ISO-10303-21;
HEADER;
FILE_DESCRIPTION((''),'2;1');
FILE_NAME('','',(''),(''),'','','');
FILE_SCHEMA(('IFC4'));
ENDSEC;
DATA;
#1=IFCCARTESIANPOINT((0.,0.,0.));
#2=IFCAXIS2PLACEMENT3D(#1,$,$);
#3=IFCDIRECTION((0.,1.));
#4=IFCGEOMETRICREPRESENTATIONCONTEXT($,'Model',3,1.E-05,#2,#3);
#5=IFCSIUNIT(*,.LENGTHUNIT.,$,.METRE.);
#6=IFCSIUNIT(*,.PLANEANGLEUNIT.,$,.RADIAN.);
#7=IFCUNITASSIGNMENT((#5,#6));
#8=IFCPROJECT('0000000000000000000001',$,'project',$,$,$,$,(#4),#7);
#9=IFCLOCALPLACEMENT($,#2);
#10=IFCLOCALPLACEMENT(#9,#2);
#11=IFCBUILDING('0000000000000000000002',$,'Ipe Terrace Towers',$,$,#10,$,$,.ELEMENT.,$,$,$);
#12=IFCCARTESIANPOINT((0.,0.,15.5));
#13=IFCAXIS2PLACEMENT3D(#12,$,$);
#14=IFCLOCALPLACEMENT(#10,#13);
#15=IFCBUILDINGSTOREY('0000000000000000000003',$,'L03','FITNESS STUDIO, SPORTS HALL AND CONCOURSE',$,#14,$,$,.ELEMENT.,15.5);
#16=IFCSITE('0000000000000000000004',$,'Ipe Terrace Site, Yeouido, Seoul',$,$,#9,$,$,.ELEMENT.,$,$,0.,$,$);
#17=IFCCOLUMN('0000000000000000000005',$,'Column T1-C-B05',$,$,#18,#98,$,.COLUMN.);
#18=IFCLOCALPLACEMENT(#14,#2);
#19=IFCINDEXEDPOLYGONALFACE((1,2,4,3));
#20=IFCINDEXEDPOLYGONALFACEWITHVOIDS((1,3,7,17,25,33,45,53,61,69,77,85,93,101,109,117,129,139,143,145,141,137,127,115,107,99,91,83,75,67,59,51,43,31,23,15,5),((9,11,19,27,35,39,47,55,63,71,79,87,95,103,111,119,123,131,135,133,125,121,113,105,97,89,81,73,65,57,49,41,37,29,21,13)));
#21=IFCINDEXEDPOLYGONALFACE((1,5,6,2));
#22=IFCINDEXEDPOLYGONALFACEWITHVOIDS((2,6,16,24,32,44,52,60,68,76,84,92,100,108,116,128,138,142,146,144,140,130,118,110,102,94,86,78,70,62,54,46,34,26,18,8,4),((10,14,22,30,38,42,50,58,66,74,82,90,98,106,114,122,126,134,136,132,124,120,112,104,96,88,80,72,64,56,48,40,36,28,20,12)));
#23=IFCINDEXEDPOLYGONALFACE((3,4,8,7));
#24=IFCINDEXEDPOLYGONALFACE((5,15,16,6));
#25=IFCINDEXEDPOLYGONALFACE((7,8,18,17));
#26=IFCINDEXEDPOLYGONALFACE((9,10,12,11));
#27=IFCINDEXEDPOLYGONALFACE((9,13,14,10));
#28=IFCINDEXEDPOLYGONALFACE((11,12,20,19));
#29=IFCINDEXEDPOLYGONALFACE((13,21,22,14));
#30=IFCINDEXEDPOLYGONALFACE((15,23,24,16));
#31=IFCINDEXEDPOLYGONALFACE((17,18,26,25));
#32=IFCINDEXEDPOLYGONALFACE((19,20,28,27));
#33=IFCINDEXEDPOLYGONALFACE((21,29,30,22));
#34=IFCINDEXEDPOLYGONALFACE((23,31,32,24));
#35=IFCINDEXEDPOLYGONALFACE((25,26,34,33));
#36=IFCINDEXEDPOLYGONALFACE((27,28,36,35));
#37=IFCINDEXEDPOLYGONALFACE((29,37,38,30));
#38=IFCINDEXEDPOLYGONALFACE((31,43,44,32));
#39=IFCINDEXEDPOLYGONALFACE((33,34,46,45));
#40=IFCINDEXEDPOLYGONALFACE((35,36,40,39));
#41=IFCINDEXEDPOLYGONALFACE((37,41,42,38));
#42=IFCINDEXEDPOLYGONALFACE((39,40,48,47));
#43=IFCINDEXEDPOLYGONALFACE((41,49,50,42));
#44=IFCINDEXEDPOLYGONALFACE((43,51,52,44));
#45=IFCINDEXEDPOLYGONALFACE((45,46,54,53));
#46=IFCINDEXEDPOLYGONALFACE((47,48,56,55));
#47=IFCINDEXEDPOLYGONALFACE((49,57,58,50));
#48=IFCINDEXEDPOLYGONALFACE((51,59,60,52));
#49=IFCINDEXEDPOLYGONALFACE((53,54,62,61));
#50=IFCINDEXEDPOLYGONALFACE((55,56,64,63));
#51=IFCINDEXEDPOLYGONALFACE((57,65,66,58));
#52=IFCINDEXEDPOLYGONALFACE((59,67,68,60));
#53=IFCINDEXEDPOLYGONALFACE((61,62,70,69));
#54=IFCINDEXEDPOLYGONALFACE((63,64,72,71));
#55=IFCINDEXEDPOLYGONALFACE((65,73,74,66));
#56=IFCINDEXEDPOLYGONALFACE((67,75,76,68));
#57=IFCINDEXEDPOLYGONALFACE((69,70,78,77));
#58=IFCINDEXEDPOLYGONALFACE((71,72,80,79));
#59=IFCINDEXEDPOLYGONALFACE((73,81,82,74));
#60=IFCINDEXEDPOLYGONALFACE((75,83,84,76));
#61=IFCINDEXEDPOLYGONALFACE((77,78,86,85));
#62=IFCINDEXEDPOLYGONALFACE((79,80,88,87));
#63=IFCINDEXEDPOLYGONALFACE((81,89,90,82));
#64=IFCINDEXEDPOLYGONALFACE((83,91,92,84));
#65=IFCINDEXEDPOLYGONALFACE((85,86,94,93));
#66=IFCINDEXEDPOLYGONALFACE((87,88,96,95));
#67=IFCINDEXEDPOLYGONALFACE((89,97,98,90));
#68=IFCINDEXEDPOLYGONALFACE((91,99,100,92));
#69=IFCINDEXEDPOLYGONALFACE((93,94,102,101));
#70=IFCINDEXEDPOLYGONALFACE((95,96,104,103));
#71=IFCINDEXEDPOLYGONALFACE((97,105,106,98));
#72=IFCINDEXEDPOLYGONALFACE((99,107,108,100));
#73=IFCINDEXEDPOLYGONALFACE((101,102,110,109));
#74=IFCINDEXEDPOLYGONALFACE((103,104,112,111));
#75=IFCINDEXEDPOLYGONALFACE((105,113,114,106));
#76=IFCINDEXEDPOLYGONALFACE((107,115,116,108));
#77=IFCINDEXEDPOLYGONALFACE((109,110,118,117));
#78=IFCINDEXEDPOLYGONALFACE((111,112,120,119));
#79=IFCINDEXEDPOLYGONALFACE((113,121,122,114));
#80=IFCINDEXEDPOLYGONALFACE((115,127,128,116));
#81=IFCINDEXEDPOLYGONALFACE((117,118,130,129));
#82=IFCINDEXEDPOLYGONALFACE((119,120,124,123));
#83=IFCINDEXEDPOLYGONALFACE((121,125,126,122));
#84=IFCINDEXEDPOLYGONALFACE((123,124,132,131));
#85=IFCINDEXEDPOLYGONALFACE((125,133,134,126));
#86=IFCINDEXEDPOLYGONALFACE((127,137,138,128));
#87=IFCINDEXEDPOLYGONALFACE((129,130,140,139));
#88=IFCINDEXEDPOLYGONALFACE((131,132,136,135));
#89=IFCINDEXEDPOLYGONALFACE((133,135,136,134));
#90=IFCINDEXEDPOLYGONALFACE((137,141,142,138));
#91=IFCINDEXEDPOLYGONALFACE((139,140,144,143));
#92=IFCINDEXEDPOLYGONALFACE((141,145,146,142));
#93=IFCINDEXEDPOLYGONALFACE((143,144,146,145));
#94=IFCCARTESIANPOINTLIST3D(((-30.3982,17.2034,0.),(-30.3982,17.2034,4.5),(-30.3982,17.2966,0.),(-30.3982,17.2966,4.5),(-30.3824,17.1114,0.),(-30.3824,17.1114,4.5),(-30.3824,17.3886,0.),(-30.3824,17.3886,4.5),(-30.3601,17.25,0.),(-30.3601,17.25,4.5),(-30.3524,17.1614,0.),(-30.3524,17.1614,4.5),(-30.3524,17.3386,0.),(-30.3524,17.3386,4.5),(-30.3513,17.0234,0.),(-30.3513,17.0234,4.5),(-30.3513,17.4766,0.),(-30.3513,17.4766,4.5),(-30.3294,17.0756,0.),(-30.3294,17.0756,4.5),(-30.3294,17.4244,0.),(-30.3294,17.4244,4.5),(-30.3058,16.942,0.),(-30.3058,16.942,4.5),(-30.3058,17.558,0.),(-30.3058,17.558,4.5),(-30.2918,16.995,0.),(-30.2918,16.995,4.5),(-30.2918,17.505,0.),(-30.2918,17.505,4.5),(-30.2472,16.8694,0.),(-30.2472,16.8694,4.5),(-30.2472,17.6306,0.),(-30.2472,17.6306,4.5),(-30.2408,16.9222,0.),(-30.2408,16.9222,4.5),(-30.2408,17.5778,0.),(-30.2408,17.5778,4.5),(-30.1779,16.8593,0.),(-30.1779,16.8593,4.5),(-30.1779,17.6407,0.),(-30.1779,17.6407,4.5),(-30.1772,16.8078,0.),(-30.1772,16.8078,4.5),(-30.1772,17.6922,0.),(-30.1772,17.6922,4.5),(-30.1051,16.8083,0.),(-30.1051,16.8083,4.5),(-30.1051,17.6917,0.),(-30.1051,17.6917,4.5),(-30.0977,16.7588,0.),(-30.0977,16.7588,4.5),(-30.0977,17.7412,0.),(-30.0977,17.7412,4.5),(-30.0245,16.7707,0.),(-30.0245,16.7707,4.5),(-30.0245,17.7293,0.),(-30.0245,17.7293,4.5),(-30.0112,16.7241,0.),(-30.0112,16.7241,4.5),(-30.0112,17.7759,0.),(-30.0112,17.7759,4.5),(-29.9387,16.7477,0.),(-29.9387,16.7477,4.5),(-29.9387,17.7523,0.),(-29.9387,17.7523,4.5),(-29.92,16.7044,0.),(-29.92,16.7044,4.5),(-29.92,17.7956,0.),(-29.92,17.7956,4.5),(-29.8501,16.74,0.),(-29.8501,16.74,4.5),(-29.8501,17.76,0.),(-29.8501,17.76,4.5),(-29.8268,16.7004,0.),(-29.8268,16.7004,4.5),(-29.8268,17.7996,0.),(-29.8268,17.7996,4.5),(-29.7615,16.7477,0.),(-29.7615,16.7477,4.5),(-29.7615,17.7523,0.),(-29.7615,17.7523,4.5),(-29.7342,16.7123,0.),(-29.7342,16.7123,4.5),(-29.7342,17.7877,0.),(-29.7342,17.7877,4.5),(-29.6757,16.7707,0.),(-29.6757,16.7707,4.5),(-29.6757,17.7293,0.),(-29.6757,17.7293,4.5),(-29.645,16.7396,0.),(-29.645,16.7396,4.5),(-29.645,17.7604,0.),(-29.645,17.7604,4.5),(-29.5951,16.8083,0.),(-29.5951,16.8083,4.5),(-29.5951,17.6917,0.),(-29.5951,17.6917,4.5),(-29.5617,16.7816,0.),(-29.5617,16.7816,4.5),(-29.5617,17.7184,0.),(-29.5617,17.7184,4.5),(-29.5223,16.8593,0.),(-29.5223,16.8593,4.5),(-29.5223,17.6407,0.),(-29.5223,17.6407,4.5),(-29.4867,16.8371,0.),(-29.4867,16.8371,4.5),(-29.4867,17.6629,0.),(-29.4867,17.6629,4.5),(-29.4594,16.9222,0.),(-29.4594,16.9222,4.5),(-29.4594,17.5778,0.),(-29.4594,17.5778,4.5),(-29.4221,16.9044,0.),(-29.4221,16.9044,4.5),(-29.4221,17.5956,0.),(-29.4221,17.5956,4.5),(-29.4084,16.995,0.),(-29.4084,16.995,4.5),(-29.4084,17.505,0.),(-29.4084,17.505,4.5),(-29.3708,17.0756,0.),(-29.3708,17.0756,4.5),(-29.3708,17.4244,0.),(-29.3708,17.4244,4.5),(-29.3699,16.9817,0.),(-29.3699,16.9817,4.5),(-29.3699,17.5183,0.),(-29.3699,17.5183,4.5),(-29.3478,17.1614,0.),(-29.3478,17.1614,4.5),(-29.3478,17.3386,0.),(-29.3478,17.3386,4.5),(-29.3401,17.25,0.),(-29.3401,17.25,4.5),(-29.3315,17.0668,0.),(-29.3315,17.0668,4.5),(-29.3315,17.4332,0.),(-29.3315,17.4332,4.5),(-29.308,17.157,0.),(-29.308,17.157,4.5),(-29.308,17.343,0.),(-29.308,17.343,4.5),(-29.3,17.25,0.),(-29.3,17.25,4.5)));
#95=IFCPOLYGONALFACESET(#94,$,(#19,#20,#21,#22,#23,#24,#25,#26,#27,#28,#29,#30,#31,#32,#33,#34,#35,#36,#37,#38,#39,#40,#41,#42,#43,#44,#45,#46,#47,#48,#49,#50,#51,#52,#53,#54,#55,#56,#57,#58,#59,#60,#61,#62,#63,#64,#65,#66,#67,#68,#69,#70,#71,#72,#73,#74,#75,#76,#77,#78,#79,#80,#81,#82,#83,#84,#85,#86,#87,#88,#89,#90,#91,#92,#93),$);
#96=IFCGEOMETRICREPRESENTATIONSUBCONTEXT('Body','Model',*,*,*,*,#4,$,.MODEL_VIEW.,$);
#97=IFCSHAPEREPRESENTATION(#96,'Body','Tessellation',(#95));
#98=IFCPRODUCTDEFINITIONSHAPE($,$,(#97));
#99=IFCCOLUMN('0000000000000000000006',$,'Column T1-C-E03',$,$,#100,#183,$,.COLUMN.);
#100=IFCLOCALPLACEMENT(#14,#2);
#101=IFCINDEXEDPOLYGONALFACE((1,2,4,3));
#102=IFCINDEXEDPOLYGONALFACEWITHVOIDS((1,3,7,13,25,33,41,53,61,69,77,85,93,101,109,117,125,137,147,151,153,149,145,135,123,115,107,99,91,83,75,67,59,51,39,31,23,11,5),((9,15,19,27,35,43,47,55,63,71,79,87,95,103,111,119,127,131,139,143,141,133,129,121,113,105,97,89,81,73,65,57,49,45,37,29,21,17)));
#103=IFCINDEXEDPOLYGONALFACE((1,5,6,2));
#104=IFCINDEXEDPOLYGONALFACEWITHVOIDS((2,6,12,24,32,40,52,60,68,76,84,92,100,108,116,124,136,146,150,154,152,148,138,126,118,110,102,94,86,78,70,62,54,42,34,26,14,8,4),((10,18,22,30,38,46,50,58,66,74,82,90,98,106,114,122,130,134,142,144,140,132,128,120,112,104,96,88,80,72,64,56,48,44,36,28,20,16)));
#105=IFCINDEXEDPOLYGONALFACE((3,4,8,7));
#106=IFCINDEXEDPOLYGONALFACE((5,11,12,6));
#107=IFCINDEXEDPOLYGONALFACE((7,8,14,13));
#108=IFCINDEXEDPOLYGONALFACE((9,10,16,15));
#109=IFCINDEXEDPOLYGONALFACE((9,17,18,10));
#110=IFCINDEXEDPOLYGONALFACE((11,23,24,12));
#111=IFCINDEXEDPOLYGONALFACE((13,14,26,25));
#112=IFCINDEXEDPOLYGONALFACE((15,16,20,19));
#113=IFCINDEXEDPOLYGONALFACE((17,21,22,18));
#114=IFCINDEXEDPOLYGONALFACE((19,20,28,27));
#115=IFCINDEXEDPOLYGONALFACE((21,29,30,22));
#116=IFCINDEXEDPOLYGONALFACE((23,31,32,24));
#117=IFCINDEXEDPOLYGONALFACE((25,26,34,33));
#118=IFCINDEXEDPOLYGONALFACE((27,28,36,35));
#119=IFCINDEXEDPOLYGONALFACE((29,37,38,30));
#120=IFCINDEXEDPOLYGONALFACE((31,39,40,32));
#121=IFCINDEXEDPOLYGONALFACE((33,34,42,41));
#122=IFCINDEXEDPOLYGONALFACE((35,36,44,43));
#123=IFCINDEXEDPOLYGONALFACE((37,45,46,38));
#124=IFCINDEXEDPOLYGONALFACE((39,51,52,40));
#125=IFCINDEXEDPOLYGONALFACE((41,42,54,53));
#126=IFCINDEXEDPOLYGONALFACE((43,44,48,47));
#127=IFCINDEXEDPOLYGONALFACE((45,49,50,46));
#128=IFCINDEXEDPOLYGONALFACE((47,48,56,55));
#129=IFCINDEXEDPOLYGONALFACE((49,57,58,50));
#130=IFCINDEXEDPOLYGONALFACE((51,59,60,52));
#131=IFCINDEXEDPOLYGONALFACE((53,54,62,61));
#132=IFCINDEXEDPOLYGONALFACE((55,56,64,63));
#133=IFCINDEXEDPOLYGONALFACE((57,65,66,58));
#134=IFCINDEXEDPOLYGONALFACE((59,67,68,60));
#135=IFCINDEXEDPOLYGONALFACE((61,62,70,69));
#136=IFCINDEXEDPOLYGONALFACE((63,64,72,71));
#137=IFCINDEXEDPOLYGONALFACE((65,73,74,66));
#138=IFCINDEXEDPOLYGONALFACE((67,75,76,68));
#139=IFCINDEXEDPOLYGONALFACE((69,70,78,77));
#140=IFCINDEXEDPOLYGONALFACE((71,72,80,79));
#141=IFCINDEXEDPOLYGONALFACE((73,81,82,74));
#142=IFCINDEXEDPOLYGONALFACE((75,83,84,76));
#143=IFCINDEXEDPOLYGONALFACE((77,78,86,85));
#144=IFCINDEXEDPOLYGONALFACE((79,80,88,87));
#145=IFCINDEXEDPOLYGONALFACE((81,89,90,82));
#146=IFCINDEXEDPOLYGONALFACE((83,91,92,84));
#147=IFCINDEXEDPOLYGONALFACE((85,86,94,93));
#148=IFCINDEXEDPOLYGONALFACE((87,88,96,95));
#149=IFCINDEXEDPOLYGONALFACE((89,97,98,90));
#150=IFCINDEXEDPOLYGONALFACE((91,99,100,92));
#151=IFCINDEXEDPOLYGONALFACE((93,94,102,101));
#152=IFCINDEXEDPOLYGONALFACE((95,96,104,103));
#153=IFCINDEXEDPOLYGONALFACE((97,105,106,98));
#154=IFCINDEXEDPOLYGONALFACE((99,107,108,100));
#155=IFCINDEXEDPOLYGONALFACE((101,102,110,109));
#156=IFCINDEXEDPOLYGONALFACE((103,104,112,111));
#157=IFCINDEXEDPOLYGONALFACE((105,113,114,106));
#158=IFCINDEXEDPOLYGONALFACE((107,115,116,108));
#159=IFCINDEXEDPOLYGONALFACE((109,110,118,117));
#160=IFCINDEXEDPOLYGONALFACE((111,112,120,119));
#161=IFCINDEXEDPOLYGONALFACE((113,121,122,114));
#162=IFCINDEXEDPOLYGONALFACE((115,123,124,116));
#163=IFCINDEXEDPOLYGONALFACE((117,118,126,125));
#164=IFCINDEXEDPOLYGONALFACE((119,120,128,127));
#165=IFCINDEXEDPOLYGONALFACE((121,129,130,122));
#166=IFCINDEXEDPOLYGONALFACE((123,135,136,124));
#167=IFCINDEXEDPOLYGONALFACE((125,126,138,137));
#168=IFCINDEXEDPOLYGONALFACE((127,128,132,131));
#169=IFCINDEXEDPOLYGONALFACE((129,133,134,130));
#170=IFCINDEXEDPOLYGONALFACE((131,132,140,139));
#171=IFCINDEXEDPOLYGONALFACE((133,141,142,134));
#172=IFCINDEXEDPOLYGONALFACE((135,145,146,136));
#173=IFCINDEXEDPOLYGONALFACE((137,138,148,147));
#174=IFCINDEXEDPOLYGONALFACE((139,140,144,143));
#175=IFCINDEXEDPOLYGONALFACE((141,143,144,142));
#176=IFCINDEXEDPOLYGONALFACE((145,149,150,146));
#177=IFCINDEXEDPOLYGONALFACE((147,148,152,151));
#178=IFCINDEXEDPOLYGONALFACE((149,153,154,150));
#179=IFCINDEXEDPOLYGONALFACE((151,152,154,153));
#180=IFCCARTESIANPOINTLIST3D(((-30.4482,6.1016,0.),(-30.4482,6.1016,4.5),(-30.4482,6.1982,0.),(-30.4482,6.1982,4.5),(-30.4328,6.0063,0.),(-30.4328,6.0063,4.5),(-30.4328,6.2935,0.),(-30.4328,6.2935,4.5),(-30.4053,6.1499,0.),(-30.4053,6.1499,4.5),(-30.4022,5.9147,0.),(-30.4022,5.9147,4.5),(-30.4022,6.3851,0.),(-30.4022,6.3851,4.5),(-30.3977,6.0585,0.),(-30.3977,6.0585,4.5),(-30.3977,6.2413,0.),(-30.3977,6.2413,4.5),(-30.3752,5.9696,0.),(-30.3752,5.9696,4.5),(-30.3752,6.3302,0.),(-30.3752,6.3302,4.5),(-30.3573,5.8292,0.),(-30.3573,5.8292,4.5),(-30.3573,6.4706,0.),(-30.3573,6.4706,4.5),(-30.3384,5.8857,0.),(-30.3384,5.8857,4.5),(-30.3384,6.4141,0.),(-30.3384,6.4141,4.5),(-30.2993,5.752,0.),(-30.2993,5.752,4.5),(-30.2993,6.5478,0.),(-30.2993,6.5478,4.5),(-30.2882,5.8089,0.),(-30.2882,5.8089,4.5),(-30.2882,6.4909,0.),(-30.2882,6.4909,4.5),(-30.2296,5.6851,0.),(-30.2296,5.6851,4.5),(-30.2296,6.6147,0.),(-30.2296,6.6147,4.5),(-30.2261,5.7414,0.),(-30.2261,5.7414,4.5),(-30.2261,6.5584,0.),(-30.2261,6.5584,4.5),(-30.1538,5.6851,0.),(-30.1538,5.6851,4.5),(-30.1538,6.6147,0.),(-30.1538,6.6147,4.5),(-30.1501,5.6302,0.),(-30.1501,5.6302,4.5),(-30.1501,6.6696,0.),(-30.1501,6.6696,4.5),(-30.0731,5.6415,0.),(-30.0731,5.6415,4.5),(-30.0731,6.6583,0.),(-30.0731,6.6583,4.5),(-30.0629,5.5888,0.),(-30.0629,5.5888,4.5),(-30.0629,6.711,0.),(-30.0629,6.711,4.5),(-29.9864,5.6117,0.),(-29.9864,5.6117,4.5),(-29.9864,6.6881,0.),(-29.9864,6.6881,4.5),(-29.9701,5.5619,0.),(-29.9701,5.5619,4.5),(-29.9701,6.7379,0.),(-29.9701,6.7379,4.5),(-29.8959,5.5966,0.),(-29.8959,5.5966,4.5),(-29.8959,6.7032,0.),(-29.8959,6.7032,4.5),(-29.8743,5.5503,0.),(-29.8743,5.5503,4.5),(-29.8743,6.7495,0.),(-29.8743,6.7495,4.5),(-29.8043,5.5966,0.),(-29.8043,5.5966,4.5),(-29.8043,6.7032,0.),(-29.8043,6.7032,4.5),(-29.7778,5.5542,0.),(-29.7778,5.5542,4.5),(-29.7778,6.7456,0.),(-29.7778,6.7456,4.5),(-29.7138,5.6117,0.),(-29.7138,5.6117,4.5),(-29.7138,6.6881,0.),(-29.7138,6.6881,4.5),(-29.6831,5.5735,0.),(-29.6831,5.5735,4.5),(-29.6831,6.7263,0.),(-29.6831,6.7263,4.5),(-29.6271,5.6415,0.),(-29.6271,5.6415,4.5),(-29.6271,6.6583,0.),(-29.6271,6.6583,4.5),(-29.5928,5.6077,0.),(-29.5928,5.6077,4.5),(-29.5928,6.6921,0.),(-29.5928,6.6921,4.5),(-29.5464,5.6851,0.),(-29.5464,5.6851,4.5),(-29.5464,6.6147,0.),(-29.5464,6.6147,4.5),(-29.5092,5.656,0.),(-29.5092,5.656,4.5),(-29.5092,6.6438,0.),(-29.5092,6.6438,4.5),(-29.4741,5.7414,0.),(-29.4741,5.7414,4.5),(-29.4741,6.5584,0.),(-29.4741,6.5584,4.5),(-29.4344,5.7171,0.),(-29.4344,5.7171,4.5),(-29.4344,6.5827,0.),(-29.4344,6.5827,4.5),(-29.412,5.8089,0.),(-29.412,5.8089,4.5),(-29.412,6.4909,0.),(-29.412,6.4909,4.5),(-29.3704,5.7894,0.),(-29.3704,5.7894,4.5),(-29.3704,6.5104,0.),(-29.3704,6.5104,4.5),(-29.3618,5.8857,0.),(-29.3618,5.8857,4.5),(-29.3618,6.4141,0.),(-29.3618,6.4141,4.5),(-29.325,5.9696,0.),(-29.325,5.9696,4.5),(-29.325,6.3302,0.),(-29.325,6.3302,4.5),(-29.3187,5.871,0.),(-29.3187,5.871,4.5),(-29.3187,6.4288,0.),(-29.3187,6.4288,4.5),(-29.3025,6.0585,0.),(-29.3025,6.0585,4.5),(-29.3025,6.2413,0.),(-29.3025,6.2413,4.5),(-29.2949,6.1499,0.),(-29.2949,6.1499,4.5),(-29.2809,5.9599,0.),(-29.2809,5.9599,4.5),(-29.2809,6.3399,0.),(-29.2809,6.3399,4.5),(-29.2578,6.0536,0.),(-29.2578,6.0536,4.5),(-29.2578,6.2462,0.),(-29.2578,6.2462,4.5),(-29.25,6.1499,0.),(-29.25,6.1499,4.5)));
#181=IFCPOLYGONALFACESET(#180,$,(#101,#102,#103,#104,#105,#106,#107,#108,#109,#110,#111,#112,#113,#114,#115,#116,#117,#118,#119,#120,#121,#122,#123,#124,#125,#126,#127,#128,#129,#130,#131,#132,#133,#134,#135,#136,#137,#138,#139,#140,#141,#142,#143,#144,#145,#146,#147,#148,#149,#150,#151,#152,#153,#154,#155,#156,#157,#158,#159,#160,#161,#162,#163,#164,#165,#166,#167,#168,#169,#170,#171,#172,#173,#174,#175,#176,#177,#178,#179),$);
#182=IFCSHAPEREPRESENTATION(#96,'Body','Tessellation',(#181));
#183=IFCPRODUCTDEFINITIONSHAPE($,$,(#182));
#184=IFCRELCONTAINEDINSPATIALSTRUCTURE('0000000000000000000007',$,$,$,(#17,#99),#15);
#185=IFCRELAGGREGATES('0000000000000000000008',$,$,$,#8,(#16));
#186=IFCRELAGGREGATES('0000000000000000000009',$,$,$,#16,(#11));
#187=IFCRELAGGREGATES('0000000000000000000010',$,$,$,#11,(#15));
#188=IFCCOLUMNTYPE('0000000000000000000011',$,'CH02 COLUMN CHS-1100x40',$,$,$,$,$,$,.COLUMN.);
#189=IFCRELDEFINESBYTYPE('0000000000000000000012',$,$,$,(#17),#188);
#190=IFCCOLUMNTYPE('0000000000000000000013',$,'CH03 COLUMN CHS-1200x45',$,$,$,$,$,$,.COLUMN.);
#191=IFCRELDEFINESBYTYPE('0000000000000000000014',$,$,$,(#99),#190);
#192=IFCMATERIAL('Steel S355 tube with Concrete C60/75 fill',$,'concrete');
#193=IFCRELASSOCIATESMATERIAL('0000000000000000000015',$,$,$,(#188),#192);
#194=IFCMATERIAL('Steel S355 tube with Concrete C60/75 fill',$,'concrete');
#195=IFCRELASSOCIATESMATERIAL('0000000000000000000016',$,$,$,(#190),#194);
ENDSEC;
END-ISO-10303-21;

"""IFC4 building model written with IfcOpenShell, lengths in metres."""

from ifc_helpers import new_model, si_unit, direction, frame, origin, origin_2d, place, context, subcontext, project, spatial, hollow_circle, extrude, material, material_profile, profile_set, type_object, element, save


model = new_model("IFC4")

# Units and contexts
model_context = context("Model", 3, precision=1e-05, world=origin(), true_north=direction((0.0, 1.0)))
body_context = subcontext(model_context, "Body", "Model", "MODEL_VIEW")
ifc_project = project(units=[si_unit("LENGTHUNIT", "METRE"), si_unit("PLANEANGLEUNIT", "RADIAN")], contexts=[model_context])

# Site, building, storey
site_placement = place(None, origin())
site = spatial("IfcSite", under=ifc_project, at=site_placement, Name="Ipe Terrace Site, Yeouido, Seoul", CompositionType="ELEMENT", RefElevation=0.0)
building_placement = place(site_placement, origin())
building = spatial("IfcBuilding", under=site, at=building_placement, Name="Ipe Terrace Towers", CompositionType="ELEMENT")
storey_placement = place(building_placement, frame((0.0, 0.0, 15.5)))
storey = spatial("IfcBuildingStorey", under=building, at=storey_placement, Name="L03", Description="FITNESS STUDIO, SPORTS HALL AND CONCOURSE", CompositionType="ELEMENT", Elevation=15.5)

# Columns
ifc_material_1 = material(Name="Steel S355 tube with Concrete C60/75 fill", Category="concrete")
ifc_material_profile_1 = material_profile(ifc_material_1, hollow_circle(Radius=0.55, WallThickness=0.04, at=origin_2d()), Name="CHS-1100x40")
ifc_profile_set_1 = profile_set([ifc_material_profile_1], Name="Steel S355 tube with Concrete C60/75 fill")
column_type_1 = type_object("IfcColumnType", Name="CH02 COLUMN CHS-1100x40", PredefinedType="COLUMN", material=ifc_profile_set_1)
for number, where, z_axis, x_axis, name in (
    (1, (-29.8501, 17.25, 0.0), (0.0, 0.0, 1.0), (1.0, 0.0, 0.0), "Column T1-C-B05"),
):
    element("IfcColumn", number, at=place(storey_placement, frame(where, z_axis=z_axis, x_axis=x_axis)), inside=storey, type_object=column_type_1, Name=name, PredefinedType="COLUMN", context=body_context, shape_type="SweptSolid", body=[
        extrude(hollow_circle(Radius=0.55, WallThickness=0.04, at=origin_2d()), origin(), (0.0, 0.0, 1.0), 4.5),
    ])
ifc_material_2 = material(Name="Steel S355 tube with Concrete C60/75 fill", Category="concrete")
ifc_material_profile_2 = material_profile(ifc_material_2, hollow_circle(Radius=0.6001, WallThickness=0.0449, at=origin_2d()), Name="CHS-1200x45")
ifc_profile_set_2 = profile_set([ifc_material_profile_2], Name="Steel S355 tube with Concrete C60/75 fill")
column_type_2 = type_object("IfcColumnType", Name="CH03 COLUMN CHS-1200x45", PredefinedType="COLUMN", material=ifc_profile_set_2)
column_placement = place(storey_placement, frame((-29.8501, 6.1499, 0.0), z_axis=(0.0, 0.0, 1.0), x_axis=(1.0, 0.0, 0.0)))
element("IfcColumn", 2, at=column_placement, inside=storey, type_object=column_type_2, Name="Column T1-C-E03", PredefinedType="COLUMN", context=body_context, shape_type="SweptSolid", body=[
    extrude(hollow_circle(Radius=0.6001, WallThickness=0.0449, at=origin_2d()), origin(), (0.0, 0.0, 1.0), 4.5),
])

save(model, "model.ifc")
